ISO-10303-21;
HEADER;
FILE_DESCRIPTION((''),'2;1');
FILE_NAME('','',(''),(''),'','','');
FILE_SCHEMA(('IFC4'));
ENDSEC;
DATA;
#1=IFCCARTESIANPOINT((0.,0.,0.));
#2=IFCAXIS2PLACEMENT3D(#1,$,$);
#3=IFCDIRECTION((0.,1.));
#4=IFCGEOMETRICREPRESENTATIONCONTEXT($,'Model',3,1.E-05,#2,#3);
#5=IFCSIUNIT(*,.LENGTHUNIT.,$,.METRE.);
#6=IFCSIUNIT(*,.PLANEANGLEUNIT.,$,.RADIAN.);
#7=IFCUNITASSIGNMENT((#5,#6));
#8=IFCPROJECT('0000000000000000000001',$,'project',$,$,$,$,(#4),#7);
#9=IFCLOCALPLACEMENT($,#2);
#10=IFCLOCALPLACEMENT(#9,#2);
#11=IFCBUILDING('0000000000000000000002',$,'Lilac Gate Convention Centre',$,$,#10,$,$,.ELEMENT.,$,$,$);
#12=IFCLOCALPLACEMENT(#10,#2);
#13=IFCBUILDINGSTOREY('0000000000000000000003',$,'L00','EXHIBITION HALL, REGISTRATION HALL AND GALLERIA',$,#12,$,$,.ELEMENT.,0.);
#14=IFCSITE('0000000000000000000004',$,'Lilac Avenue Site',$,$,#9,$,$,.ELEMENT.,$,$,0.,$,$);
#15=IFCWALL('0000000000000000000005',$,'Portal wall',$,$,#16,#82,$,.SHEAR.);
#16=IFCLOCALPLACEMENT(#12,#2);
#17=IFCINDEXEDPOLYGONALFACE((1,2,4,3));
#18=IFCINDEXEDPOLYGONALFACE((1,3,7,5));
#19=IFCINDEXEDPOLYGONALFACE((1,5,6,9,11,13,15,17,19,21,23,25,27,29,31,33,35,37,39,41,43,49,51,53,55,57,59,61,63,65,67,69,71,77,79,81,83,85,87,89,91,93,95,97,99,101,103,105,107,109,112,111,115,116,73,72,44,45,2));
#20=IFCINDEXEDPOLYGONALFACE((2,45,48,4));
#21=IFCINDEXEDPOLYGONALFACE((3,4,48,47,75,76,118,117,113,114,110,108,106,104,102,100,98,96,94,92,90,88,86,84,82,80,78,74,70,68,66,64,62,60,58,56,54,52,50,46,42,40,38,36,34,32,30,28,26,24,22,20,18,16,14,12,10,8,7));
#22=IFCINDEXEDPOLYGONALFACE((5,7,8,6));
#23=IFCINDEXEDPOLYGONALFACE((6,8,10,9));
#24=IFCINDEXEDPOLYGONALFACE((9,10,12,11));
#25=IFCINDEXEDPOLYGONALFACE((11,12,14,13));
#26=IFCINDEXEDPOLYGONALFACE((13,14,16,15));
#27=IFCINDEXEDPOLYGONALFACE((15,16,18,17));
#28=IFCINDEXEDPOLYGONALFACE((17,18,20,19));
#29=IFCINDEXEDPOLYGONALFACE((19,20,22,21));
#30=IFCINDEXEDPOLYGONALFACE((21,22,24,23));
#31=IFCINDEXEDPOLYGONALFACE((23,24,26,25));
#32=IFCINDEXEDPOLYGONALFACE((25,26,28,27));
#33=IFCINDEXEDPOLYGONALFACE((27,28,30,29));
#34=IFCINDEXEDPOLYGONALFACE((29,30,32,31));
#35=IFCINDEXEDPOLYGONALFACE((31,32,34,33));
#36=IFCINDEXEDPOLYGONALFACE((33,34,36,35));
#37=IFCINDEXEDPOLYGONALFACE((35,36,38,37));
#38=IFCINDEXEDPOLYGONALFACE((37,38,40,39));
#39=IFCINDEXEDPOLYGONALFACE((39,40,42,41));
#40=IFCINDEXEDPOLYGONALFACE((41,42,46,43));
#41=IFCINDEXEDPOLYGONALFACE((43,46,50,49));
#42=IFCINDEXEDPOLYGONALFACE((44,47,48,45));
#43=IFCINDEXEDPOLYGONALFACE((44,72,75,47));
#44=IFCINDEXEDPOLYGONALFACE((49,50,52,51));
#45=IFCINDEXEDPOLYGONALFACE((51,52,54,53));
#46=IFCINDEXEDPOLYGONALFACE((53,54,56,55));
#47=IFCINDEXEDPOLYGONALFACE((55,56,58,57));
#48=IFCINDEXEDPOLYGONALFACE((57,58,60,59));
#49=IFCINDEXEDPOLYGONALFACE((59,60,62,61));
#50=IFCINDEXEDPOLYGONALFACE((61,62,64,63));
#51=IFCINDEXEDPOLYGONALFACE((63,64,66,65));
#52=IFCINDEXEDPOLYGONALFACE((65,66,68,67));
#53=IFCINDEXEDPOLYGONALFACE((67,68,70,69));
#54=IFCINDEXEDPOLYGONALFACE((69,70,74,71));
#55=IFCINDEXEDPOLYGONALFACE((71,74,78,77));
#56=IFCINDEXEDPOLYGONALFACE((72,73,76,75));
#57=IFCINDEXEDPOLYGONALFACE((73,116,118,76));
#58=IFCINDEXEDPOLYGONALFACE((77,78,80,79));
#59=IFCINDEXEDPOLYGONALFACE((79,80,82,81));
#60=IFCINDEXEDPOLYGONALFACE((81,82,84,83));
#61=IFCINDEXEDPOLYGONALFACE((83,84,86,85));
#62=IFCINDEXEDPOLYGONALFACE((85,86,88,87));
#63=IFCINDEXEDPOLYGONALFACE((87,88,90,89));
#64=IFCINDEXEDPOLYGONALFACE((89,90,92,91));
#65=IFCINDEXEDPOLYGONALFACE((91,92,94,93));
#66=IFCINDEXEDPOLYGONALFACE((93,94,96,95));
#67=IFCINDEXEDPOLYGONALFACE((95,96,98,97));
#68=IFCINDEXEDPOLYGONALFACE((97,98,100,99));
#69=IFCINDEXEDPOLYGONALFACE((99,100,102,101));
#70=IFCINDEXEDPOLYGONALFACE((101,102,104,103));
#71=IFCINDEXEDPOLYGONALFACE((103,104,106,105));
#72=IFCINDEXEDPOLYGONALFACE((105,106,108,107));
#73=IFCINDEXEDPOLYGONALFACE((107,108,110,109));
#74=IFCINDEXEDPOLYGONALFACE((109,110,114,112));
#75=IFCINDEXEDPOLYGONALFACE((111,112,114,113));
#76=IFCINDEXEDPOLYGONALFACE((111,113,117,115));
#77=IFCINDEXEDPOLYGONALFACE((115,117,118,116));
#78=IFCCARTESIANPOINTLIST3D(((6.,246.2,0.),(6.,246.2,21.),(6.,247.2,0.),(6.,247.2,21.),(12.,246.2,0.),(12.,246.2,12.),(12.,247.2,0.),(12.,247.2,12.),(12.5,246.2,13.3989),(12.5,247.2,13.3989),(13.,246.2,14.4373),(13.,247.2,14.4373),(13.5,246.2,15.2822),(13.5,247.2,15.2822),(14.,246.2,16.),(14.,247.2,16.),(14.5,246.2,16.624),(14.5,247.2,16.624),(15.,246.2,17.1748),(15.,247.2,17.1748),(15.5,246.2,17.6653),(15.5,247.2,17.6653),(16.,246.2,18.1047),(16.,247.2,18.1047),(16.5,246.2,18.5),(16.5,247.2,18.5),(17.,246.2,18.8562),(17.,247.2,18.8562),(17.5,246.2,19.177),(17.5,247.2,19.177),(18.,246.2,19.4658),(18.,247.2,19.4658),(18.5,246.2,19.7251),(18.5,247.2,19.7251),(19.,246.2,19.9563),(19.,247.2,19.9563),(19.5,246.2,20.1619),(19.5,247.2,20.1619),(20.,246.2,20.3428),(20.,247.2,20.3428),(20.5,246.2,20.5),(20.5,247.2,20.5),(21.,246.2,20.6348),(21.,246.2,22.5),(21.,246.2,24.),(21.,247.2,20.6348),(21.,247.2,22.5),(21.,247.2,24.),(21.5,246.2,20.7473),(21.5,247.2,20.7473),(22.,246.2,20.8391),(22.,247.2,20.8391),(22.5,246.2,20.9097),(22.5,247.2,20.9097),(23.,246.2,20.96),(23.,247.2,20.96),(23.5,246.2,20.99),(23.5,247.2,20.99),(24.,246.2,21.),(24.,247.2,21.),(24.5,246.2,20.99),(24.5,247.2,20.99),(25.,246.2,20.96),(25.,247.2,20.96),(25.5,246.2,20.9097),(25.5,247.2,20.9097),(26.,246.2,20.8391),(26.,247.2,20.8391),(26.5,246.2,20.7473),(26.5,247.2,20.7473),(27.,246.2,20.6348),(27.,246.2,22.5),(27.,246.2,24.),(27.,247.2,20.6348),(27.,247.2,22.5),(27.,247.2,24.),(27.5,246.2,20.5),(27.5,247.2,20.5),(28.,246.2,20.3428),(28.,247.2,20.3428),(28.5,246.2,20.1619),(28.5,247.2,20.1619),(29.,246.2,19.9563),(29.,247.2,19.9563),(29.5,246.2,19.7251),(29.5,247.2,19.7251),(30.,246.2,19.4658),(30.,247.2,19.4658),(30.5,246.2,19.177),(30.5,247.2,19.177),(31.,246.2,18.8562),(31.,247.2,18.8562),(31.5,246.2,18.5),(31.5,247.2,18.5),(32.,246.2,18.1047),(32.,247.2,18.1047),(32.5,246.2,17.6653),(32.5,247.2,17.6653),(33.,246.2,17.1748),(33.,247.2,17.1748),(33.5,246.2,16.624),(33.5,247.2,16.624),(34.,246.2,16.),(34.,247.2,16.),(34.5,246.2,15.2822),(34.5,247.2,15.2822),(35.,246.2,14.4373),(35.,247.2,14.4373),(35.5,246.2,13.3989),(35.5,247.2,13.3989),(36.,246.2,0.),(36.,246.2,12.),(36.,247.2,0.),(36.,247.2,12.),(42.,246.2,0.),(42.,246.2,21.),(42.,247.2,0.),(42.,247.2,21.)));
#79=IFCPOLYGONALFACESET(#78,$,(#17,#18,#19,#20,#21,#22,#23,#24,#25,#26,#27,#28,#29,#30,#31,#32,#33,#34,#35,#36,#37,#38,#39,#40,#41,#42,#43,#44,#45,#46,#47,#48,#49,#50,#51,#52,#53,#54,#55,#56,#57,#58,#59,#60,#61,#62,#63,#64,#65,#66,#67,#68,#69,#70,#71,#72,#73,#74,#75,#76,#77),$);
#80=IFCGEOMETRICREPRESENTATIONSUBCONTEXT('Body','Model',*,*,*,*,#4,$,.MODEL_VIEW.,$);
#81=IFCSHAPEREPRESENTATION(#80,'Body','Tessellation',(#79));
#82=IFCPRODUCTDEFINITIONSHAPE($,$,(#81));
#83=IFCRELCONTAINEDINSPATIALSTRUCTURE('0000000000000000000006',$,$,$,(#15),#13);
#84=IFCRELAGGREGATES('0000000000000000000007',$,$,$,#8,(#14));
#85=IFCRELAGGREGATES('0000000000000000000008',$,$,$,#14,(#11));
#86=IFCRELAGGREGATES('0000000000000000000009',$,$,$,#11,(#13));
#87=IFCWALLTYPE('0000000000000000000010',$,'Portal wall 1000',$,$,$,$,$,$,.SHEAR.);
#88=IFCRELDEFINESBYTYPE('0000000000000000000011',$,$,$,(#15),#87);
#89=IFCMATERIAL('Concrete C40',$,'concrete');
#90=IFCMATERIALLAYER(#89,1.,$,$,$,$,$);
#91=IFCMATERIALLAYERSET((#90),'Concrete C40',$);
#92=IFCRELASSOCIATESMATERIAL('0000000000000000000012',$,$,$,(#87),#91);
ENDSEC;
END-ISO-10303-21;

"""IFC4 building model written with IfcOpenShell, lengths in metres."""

from ifc_helpers import new_model, si_unit, direction, frame, origin, place, context, subcontext, project, spatial, polyline, outline, extrude, material, layer, layer_set, type_object, element, save


model = new_model("IFC4")

# Units and contexts
model_context = context("Model", 3, precision=1e-05, world=origin(), true_north=direction((0.0, 1.0)))
body_context = subcontext(model_context, "Body", "Model", "MODEL_VIEW")
ifc_project = project(units=[si_unit("LENGTHUNIT", "METRE"), si_unit("PLANEANGLEUNIT", "RADIAN")], contexts=[model_context])

# Site, building, storey
site_placement = place(None, origin())
site = spatial("IfcSite", under=ifc_project, at=site_placement, Name="Lilac Avenue Site", CompositionType="ELEMENT", RefElevation=0.0)
building_placement = place(site_placement, origin())
building = spatial("IfcBuilding", under=site, at=building_placement, Name="Lilac Gate Convention Centre", CompositionType="ELEMENT")
storey_placement = place(building_placement, origin())
storey = spatial("IfcBuildingStorey", under=building, at=storey_placement, Name="L00", Description="EXHIBITION HALL, REGISTRATION HALL AND GALLERIA", CompositionType="ELEMENT", Elevation=0.0)

# Shared definitions
ifc_material_1 = material(Name="Concrete C40", Category="concrete")

# Wall
ifc_layer_1 = layer(ifc_material_1, 1.0)
ifc_layer_set_1 = layer_set([ifc_layer_1], Name="Concrete C40")
wall_type_1 = type_object("IfcWallType", Name="Portal wall 1000", PredefinedType="SHEAR", material=ifc_layer_set_1)
wall_1_placement = place(storey_placement, frame((6.0, 246.7, 0.0), z_axis=(0.0, 0.0, 1.0), x_axis=(1.0, 0.0, 0.0)))
element("IfcWall", 1, at=wall_1_placement, inside=storey, type_object=wall_type_1, Name="Portal wall", PredefinedType="SHEAR", context=body_context, shape_type="SweptSolid", body=[
    extrude(outline(polyline([(0.0, 0.0), (6.0, 0.0), (6.0, 12.0), (6.5, 13.3989), (7.0, 14.4373), (7.5, 15.2822), (8.0, 16.0), (8.5, 16.624), (9.0, 17.1748), (9.5, 17.6653), (10.0, 18.1047), (10.5, 18.5), (11.0, 18.8562), (11.5, 19.177), (12.0, 19.4658), (12.5, 19.7251), (13.0, 19.9563), (13.5, 20.1619), (14.0, 20.3428), (14.5, 20.5), (15.0, 20.6348), (15.5, 20.7473), (16.0, 20.8391), (16.5, 20.9097), (17.0, 20.96), (17.5, 20.99), (18.0, 21.0), (18.5, 20.99), (19.0, 20.96), (19.5, 20.9097), (20.0, 20.8391), (20.5, 20.7473), (21.0, 20.6348), (21.5, 20.5), (22.0, 20.3428), (22.5, 20.1619), (23.0, 19.9563), (23.5, 19.7251), (24.0, 19.4658), (24.5, 19.177), (25.0, 18.8562), (25.5, 18.5), (26.0, 18.1047), (26.5, 17.6653), (27.0, 17.1748), (27.5, 16.624), (28.0, 16.0), (28.5, 15.2822), (29.0, 14.4373), (29.5, 13.3989), (30.0, 12.0), (30.0, 0.0), (36.0, 0.0), (36.0, 21.0), (21.0, 24.0), (21.0, 22.5), (15.0, 22.5), (15.0, 24.0), (0.0, 21.0), (0.0, 0.0)])), frame((0.0, 0.5, 0.0), z_axis=(0.0, -1.0, 0.0), x_axis=(1.0, 0.0, 0.0)), (0.0, 0.0, 1.0), 1.0),
])

save(model, "model.ifc")
